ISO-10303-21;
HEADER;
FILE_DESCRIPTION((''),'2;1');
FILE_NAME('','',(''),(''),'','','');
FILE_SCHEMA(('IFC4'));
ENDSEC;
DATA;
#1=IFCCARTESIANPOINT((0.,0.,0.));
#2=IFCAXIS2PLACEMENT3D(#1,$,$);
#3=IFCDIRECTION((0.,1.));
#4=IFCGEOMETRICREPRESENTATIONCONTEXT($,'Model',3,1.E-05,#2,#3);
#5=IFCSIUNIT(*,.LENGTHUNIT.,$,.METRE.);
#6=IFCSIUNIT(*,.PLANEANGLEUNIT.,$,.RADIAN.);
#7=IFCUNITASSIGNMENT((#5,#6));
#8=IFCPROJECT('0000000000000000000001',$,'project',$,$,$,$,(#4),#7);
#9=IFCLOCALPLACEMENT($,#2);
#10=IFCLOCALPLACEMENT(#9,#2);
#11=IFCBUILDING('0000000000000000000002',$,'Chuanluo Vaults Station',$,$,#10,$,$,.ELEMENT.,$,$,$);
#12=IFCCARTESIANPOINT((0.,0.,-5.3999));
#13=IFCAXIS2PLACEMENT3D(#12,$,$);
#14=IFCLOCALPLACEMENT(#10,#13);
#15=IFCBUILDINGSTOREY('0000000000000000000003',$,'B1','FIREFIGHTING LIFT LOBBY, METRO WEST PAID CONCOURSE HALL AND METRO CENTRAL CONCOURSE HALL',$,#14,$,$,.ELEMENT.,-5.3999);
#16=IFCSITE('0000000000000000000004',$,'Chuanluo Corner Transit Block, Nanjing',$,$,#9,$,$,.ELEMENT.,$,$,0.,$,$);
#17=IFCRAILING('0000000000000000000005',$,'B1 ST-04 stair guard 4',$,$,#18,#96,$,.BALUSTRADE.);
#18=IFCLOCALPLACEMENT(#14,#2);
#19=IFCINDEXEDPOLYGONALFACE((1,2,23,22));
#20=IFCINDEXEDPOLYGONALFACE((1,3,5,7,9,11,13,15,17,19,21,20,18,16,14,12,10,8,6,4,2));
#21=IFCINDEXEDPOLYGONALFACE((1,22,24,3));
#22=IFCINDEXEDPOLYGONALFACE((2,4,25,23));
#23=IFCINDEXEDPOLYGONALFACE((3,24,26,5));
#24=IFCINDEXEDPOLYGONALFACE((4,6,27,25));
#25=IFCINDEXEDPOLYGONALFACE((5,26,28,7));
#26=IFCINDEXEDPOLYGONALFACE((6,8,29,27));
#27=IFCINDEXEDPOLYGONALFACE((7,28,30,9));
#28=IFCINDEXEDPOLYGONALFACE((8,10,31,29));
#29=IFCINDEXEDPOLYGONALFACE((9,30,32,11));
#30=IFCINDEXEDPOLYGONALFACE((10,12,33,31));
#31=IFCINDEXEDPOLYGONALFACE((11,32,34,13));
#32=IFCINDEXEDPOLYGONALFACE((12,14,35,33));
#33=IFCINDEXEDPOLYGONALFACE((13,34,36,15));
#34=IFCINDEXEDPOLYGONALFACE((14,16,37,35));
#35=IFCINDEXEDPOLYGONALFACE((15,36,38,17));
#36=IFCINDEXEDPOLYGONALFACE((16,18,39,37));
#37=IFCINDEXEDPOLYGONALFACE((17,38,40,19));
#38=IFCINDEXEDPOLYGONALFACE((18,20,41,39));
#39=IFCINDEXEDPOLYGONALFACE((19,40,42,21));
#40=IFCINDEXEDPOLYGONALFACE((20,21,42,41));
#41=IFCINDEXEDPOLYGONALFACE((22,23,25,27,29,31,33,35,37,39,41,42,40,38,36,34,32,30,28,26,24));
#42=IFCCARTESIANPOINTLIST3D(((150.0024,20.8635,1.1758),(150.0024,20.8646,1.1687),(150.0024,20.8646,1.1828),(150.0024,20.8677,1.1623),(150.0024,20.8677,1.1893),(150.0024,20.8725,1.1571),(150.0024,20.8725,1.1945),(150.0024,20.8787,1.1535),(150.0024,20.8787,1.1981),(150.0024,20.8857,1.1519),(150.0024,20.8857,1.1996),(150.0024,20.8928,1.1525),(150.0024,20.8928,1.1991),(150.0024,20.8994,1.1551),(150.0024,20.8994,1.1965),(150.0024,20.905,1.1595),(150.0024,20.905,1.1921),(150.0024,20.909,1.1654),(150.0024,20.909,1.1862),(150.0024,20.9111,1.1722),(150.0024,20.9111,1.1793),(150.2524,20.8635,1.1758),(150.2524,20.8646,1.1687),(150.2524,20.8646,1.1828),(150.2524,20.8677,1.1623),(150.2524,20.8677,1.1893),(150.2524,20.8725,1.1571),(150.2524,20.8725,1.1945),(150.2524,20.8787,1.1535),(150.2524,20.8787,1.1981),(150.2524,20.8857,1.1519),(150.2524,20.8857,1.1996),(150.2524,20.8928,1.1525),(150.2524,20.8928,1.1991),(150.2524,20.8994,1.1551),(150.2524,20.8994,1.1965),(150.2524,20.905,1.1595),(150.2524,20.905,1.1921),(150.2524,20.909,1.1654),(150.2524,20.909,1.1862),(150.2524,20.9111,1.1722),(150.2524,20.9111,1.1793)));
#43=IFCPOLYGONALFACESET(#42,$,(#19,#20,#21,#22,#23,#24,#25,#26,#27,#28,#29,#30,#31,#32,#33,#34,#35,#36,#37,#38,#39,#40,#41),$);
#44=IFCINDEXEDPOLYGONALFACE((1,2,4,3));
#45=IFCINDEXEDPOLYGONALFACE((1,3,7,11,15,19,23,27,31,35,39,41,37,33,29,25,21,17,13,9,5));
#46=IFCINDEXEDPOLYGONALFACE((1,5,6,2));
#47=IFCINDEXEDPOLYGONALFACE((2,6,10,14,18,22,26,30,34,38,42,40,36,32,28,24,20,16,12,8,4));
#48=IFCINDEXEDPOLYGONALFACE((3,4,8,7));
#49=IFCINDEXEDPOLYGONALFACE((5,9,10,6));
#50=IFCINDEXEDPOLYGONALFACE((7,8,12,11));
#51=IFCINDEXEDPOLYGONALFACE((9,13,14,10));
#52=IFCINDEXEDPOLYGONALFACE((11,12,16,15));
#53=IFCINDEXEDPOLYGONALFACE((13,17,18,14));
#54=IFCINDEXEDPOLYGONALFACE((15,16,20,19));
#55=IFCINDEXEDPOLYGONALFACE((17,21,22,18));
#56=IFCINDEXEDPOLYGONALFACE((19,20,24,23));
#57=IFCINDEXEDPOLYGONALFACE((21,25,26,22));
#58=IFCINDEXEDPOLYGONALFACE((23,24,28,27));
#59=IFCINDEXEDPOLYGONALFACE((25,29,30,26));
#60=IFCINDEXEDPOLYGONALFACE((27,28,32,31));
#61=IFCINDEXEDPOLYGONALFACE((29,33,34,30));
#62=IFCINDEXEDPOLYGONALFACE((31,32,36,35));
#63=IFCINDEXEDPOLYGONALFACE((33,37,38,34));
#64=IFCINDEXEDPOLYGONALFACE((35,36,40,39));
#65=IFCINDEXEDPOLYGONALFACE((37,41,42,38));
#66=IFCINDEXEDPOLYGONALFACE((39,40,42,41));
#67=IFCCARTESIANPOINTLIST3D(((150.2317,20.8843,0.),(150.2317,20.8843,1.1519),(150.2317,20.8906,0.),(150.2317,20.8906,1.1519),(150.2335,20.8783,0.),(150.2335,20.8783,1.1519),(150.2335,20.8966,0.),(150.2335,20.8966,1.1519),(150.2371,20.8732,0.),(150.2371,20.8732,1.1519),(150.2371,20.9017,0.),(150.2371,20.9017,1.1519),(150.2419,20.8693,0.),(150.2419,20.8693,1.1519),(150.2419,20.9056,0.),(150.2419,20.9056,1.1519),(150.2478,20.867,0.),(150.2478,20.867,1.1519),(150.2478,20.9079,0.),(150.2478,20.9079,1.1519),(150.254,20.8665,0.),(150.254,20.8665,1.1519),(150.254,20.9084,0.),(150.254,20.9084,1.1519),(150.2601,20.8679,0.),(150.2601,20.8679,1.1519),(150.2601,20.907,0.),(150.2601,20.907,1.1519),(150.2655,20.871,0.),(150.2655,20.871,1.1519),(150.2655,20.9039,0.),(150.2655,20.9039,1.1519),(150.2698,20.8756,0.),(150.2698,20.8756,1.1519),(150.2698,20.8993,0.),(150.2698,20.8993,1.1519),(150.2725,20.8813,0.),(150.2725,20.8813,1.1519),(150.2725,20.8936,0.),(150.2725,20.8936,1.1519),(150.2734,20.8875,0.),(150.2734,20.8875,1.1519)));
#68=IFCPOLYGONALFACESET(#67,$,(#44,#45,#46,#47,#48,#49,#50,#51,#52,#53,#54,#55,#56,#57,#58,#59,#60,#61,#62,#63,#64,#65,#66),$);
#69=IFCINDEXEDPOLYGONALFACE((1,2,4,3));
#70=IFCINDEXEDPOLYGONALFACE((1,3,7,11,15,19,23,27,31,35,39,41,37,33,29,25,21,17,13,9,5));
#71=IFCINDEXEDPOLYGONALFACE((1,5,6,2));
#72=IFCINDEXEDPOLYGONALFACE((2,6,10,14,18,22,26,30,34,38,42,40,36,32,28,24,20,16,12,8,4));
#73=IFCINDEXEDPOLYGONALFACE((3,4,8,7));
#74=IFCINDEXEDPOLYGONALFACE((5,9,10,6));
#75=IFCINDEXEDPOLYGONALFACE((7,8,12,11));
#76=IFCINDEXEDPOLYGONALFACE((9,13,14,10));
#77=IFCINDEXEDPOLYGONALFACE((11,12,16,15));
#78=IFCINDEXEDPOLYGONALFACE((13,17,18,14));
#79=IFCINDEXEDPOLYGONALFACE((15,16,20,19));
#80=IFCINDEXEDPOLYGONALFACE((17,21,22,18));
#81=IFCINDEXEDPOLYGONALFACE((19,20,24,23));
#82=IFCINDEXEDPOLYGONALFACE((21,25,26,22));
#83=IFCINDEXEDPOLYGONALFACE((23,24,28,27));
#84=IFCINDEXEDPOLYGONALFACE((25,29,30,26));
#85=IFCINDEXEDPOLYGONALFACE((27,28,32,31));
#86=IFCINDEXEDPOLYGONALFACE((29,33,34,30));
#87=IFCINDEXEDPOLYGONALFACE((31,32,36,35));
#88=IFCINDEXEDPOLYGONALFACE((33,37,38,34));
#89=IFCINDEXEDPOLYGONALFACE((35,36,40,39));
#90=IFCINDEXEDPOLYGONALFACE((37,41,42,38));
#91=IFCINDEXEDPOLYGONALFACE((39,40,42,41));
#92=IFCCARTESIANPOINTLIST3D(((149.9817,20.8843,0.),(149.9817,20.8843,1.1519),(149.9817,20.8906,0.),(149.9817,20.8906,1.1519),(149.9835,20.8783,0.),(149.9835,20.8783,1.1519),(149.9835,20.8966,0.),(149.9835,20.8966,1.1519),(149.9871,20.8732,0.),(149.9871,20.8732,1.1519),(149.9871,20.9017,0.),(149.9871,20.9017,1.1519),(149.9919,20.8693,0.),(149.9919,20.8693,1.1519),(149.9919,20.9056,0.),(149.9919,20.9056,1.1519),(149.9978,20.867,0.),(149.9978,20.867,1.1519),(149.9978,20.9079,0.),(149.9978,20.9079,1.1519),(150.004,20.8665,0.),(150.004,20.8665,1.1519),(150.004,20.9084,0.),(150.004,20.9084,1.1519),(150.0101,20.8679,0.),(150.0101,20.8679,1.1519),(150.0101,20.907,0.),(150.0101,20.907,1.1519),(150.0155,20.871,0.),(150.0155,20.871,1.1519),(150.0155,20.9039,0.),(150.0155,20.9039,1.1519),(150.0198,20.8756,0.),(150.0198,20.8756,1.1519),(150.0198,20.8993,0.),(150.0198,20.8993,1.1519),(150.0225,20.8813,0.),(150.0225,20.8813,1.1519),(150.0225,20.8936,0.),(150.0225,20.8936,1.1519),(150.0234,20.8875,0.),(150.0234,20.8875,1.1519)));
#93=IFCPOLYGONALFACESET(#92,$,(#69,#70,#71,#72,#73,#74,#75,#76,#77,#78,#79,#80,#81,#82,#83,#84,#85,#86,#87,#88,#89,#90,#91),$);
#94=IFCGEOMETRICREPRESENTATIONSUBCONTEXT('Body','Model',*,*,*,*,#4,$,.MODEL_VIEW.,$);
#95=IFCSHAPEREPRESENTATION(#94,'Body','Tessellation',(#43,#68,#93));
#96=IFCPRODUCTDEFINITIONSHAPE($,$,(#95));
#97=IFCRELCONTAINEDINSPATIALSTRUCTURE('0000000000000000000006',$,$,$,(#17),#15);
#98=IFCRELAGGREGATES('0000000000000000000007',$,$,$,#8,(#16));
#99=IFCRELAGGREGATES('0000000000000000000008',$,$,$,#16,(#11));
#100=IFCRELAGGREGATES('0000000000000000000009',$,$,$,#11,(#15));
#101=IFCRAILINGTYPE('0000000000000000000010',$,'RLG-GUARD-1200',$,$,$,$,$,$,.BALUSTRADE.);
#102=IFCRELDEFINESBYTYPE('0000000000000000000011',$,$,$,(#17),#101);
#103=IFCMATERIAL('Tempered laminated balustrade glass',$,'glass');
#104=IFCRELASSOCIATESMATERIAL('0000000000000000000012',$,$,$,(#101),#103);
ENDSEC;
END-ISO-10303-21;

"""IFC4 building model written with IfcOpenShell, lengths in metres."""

from ifc_helpers import new_model, si_unit, direction, frame, origin, origin_2d, place, context, subcontext, project, spatial, circle, extrude, material, type_object, element, save


model = new_model("IFC4")

# Units and contexts
model_context = context("Model", 3, precision=1e-05, world=origin(), true_north=direction((0.0, 1.0)))
body_context = subcontext(model_context, "Body", "Model", "MODEL_VIEW")
ifc_project = project(units=[si_unit("LENGTHUNIT", "METRE"), si_unit("PLANEANGLEUNIT", "RADIAN")], contexts=[model_context])

# Site, building, storey
site_placement = place(None, origin())
site = spatial("IfcSite", under=ifc_project, at=site_placement, Name="Chuanluo Corner Transit Block, Nanjing", CompositionType="ELEMENT", RefElevation=0.0)
building_placement = place(site_placement, origin())
building = spatial("IfcBuilding", under=site, at=building_placement, Name="Chuanluo Vaults Station", CompositionType="ELEMENT")
storey_placement = place(building_placement, frame((0.0, 0.0, -5.3999)))
storey = spatial("IfcBuildingStorey", under=building, at=storey_placement, Name="B1", Description="FIREFIGHTING LIFT LOBBY, METRO WEST PAID CONCOURSE HALL AND METRO CENTRAL CONCOURSE HALL", CompositionType="ELEMENT", Elevation=-5.3999)

# Railing
ifc_material_1 = material(Name="Tempered laminated balustrade glass", Category="glass")
railing_type_1 = type_object("IfcRailingType", Name="RLG-GUARD-1200", PredefinedType="BALUSTRADE", material=ifc_material_1)
railing_1_placement = place(storey_placement, frame((150.2524, 20.8875, 0.0)))
element("IfcRailing", 1, at=railing_1_placement, inside=storey, type_object=railing_type_1, Name="B1 ST-04 stair guard 4", PredefinedType="BALUSTRADE", context=body_context, shape_type="SweptSolid", body=[
    extrude(circle(Radius=0.0239, at=origin_2d()), frame((0.0, 0.0, 1.1758), z_axis=(-1.0, 0.0, 0.0), x_axis=(0.0, -1.0, 0.0)), (0.0, 0.0, 1.0), 0.25),
    extrude(circle(Radius=0.021, at=origin_2d()), origin(), (0.0, 0.0, 1.0), 1.1519),
    extrude(circle(Radius=0.021, at=origin_2d()), frame((-0.25, 0.0, 0.0)), (0.0, 0.0, 1.0), 1.1519),
])

save(model, "model.ifc")
